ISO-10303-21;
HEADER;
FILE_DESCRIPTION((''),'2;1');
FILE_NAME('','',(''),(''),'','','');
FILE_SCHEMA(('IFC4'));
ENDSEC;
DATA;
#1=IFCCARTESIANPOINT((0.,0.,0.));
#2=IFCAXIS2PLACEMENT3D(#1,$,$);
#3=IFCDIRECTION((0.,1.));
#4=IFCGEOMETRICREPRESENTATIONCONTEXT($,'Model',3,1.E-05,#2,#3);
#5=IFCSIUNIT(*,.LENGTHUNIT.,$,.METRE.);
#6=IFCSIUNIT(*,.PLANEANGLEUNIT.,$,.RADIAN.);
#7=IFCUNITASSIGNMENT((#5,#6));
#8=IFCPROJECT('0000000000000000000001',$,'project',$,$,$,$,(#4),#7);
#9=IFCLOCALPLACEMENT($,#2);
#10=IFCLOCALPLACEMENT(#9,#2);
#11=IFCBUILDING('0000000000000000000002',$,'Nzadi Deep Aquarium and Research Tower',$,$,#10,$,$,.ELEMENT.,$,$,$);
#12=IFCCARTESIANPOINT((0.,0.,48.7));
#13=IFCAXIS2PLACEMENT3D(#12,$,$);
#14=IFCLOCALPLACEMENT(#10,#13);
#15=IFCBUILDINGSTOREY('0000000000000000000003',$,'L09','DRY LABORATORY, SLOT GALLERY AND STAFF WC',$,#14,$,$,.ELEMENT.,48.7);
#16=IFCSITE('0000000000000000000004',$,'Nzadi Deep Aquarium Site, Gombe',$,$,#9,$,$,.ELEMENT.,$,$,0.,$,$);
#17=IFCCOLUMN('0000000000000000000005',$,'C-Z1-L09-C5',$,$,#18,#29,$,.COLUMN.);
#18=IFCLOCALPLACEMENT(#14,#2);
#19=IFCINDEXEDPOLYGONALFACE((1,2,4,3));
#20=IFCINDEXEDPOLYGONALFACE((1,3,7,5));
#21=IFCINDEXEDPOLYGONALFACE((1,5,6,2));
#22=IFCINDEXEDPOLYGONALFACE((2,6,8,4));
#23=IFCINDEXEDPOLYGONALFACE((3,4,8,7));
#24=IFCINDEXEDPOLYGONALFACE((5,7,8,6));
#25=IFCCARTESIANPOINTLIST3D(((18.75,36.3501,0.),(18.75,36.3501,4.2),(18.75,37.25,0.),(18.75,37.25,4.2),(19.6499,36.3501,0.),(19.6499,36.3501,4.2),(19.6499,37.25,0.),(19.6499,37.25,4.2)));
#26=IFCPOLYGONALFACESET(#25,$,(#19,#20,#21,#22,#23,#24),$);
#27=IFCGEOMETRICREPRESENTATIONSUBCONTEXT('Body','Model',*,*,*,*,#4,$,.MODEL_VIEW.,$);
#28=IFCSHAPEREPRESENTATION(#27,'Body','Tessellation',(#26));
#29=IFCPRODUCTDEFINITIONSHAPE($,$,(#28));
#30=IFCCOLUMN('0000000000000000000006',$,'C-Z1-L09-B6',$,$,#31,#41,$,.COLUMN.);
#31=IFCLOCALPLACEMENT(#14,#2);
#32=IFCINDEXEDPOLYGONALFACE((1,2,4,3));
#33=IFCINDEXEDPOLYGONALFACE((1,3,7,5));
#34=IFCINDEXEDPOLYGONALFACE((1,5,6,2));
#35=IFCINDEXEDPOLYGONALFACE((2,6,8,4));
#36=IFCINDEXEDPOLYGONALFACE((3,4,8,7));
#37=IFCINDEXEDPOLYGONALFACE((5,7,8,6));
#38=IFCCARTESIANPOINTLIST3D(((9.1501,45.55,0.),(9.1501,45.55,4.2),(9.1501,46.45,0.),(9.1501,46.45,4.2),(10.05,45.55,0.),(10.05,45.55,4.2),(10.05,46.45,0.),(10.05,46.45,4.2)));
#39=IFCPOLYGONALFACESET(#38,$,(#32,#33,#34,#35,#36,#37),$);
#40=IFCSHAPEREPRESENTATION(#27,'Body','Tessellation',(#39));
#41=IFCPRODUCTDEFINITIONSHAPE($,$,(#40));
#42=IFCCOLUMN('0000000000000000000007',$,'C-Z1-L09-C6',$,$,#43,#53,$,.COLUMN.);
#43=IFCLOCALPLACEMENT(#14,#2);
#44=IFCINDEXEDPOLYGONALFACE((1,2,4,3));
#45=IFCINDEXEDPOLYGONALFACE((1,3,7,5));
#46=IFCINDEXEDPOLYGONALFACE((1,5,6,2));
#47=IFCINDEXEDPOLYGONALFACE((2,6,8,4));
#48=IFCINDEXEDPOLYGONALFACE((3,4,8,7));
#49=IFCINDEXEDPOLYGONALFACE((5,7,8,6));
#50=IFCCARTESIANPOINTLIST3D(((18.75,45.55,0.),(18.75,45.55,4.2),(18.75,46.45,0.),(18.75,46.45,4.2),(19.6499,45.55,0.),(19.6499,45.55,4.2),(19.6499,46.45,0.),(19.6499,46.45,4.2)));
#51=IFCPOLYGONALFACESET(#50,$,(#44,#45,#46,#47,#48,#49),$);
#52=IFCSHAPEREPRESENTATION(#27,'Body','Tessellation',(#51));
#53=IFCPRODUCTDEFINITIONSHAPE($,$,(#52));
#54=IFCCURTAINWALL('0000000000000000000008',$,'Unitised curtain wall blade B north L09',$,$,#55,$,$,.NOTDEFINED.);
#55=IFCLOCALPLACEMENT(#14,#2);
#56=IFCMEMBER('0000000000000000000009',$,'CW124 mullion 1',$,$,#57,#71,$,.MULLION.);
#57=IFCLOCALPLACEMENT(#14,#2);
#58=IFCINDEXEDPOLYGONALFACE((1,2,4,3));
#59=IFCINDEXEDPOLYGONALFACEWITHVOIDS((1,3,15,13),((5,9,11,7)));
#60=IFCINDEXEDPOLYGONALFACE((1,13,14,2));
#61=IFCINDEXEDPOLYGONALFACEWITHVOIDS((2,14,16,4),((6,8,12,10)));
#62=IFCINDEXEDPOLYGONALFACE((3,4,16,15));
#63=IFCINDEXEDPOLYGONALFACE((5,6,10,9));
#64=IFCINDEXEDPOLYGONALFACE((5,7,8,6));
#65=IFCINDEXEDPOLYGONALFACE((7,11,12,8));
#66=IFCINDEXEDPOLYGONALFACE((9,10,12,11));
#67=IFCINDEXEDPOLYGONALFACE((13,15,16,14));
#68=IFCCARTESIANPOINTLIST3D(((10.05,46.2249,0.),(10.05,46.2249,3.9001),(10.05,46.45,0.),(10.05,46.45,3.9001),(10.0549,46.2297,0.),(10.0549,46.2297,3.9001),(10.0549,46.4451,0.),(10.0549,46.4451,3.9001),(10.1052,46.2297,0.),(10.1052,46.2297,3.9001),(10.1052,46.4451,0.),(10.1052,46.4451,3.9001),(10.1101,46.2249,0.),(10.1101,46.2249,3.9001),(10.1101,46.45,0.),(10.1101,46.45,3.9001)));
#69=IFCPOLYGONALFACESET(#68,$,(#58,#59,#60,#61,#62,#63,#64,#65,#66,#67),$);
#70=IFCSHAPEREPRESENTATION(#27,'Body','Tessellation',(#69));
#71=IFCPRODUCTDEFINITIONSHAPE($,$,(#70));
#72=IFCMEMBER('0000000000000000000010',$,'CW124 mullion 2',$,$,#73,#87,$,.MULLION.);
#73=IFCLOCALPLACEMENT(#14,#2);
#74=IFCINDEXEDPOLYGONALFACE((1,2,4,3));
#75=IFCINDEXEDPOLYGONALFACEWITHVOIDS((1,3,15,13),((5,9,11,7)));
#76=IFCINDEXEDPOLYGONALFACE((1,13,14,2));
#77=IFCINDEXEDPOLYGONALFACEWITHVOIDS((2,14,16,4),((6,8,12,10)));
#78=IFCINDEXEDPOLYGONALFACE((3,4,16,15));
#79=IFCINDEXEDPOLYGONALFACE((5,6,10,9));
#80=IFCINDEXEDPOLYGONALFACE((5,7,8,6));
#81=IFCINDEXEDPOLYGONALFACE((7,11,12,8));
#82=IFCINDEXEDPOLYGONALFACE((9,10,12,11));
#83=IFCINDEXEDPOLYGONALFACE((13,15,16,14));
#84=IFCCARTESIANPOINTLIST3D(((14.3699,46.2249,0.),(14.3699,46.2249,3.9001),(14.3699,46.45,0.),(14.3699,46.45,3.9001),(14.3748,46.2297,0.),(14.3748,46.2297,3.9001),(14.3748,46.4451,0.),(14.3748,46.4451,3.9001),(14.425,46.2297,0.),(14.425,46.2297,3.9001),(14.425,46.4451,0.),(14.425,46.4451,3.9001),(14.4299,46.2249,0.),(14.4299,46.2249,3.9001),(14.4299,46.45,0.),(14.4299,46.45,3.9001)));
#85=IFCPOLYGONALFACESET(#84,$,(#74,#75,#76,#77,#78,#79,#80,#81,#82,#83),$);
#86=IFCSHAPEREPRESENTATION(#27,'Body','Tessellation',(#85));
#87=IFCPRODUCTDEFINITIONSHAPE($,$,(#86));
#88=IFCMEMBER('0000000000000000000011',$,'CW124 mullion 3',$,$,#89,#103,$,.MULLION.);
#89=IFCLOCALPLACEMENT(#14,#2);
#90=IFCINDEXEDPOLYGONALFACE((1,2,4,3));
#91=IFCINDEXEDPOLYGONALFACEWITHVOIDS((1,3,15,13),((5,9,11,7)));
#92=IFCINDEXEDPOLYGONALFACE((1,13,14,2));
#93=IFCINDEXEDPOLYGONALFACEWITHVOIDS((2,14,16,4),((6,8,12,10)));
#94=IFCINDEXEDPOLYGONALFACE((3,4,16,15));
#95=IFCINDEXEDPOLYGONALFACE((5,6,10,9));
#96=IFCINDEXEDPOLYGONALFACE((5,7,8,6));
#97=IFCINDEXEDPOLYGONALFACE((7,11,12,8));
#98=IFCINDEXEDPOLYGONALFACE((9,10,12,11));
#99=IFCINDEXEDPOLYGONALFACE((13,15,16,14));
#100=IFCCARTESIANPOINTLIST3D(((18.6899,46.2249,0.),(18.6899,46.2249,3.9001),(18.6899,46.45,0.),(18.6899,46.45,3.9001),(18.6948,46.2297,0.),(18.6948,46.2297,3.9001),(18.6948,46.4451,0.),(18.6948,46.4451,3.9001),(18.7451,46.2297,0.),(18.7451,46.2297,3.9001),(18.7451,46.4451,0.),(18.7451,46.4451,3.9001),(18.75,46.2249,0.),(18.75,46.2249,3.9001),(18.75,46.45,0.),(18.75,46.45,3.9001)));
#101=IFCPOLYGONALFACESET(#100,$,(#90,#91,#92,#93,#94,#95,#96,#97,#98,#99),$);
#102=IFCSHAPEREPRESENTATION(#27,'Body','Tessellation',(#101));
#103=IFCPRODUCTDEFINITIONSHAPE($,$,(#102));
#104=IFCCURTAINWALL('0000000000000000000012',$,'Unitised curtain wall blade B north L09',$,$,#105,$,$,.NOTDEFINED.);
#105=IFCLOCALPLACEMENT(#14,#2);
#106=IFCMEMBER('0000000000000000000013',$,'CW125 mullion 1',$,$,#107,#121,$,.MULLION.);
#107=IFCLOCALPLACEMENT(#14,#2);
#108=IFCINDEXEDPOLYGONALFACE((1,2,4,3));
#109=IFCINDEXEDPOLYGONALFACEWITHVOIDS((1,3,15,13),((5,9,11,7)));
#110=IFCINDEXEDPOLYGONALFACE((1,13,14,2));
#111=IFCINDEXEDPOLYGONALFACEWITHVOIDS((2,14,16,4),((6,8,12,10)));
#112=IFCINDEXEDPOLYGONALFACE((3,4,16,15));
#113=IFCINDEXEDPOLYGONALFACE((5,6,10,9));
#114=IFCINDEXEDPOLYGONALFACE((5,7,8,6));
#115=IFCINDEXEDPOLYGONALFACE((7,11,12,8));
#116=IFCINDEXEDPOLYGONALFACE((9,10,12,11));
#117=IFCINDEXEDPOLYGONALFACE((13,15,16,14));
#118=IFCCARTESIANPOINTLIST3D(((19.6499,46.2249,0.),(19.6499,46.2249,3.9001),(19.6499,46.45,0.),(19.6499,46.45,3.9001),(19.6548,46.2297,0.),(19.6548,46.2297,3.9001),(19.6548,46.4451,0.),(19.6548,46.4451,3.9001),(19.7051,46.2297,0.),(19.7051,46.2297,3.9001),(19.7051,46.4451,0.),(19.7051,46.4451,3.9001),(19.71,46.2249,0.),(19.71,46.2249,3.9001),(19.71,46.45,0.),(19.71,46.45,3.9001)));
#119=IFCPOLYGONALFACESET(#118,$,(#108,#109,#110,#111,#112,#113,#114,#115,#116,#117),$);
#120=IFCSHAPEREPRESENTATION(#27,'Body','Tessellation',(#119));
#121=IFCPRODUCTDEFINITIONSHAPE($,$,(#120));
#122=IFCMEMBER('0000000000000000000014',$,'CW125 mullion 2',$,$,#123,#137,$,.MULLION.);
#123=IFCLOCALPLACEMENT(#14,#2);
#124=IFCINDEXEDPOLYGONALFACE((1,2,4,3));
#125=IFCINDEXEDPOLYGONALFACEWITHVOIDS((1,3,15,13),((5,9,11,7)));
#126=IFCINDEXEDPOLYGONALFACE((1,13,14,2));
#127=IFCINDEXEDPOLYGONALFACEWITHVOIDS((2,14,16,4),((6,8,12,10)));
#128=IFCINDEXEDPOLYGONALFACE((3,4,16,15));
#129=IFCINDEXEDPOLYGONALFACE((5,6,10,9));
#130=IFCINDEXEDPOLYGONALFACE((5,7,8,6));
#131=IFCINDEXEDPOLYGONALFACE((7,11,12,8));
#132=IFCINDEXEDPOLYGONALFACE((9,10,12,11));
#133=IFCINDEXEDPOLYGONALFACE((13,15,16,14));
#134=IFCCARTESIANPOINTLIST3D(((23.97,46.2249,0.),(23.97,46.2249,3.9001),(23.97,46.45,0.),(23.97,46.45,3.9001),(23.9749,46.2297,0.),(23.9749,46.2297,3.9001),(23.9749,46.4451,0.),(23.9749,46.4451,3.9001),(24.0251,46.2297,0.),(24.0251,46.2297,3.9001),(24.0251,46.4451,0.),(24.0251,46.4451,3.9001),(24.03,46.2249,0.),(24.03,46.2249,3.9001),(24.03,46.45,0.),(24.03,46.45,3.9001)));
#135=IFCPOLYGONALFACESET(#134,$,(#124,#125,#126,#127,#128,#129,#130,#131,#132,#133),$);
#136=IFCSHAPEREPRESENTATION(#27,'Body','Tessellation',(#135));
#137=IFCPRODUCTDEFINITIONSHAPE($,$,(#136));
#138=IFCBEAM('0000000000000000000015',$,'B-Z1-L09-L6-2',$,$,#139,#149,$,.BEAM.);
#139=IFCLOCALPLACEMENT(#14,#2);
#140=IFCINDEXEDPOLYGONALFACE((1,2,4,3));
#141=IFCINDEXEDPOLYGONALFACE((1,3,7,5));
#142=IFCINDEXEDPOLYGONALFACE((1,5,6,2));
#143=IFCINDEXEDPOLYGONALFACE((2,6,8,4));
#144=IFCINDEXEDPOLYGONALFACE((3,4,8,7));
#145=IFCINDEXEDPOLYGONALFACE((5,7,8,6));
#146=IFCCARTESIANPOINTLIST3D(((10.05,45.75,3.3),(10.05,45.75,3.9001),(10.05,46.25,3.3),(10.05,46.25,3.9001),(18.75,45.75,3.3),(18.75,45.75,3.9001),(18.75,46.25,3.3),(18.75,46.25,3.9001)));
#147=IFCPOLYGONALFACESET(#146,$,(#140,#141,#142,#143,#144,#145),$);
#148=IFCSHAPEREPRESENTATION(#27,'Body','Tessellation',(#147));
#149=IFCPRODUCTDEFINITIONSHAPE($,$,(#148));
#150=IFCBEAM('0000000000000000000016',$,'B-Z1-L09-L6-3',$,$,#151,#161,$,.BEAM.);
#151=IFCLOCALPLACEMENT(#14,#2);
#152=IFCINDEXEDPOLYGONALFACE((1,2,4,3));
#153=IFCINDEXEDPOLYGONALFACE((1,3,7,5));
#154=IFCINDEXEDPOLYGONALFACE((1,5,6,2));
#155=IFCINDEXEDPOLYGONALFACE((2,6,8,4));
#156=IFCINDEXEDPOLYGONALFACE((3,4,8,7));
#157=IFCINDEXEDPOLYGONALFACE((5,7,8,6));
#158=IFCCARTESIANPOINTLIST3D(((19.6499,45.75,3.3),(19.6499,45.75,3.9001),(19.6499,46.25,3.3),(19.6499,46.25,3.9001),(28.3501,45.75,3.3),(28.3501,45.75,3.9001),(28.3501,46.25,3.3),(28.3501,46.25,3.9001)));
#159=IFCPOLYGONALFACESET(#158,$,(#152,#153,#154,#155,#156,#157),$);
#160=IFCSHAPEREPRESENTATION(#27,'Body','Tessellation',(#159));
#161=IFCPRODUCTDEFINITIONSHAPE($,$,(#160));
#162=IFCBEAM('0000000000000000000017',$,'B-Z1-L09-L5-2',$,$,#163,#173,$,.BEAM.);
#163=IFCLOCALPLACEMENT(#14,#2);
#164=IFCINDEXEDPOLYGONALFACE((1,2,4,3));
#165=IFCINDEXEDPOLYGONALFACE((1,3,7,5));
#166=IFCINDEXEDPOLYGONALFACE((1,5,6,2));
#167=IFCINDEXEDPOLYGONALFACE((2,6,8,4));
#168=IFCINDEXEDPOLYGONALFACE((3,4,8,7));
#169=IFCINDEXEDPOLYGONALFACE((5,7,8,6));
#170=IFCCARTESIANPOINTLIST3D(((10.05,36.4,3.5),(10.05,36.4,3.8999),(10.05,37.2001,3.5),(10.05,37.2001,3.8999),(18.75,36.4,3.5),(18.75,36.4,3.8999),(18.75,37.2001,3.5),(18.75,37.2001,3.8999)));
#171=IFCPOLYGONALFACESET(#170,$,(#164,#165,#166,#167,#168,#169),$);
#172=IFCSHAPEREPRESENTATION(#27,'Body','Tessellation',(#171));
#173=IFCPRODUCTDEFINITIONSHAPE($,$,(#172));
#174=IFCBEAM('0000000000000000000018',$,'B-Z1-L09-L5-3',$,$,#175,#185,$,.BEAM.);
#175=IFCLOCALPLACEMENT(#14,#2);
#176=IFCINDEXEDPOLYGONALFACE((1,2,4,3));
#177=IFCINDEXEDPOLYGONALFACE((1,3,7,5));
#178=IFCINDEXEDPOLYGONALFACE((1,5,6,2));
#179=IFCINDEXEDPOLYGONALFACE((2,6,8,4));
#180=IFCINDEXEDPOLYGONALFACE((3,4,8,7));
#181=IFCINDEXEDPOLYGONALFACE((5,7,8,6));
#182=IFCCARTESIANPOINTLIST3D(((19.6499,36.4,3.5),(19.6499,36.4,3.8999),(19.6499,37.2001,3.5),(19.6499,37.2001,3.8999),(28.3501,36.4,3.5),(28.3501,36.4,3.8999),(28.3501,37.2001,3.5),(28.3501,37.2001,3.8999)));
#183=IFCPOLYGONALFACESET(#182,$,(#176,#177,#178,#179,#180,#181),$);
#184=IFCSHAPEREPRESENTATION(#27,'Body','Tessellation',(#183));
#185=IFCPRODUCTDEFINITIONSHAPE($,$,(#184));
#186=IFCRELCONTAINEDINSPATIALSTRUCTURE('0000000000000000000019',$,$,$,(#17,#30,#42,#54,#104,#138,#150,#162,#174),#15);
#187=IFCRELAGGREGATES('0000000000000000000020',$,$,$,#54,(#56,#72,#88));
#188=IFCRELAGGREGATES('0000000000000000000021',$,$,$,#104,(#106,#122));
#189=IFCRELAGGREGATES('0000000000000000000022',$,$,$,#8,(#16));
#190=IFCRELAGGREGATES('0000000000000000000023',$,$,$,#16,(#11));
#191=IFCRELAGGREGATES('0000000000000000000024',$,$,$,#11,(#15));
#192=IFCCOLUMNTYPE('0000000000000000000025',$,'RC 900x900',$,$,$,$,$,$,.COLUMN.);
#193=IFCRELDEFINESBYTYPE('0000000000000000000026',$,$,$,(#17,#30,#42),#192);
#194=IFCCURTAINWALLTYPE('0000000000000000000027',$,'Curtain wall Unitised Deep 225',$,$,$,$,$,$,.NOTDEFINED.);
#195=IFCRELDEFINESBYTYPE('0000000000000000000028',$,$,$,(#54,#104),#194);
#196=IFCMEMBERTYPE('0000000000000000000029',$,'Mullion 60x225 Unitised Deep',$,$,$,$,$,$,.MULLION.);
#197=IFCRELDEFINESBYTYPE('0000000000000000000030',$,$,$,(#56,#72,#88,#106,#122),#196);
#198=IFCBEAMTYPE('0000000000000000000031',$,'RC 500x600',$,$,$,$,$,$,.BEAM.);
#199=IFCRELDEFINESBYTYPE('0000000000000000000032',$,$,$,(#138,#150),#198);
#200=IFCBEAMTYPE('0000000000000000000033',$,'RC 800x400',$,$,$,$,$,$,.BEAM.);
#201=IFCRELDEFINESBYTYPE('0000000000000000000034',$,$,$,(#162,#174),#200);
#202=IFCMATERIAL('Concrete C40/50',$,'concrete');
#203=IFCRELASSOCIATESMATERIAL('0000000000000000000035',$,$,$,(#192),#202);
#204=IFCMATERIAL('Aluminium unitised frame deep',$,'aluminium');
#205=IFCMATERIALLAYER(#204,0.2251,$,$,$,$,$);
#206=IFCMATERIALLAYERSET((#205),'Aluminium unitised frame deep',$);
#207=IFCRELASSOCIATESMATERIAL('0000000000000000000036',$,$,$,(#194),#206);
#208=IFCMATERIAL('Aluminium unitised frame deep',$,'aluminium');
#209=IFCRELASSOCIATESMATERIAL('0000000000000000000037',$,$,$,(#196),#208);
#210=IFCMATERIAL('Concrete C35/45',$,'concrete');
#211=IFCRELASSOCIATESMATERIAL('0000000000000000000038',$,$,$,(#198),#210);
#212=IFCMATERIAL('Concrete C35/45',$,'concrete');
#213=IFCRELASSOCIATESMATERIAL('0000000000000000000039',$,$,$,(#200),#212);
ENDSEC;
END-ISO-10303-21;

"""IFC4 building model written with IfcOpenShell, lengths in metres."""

from ifc_helpers import new_model, si_unit, direction, frame, origin, origin_2d, place, context, subcontext, project, spatial, rectangle, hollow_rectangle, extrude, material, layer, layer_set, material_profile, profile_set, type_object, element, aggregate, save


model = new_model("IFC4")

# Units and contexts
model_context = context("Model", 3, precision=1e-05, world=origin(), true_north=direction((0.0, 1.0)))
body_context = subcontext(model_context, "Body", "Model", "MODEL_VIEW")
ifc_project = project(units=[si_unit("LENGTHUNIT", "METRE"), si_unit("PLANEANGLEUNIT", "RADIAN")], contexts=[model_context])

# Site, building, storey
site_placement = place(None, origin())
site = spatial("IfcSite", under=ifc_project, at=site_placement, Name="Nzadi Deep Aquarium Site, Gombe", CompositionType="ELEMENT", RefElevation=0.0)
building_placement = place(site_placement, origin())
building = spatial("IfcBuilding", under=site, at=building_placement, Name="Nzadi Deep Aquarium and Research Tower", CompositionType="ELEMENT")
storey_placement = place(building_placement, frame((0.0, 0.0, 48.7)))
storey = spatial("IfcBuildingStorey", under=building, at=storey_placement, Name="L09", Description="DRY LABORATORY, SLOT GALLERY AND STAFF WC", CompositionType="ELEMENT", Elevation=48.7)

# Columns
ifc_material_1 = material(Name="Concrete C40/50", Category="concrete")
ifc_material_profile_1 = material_profile(ifc_material_1, rectangle(XDim=0.8999, YDim=0.8999, at=origin_2d()))
ifc_profile_set_1 = profile_set([ifc_material_profile_1], Name="Concrete C40/50")
column_type = type_object("IfcColumnType", Name="RC 900x900", PredefinedType="COLUMN", material=ifc_profile_set_1)
for number, where, z_axis, x_axis, name in (
    (1, (19.2, 36.8, 0.0), (0.0, 0.0, 1.0), (1.0, 0.0, 0.0), "C-Z1-L09-C5"),
    (2, (9.6001, 46.0, 0.0), (0.0, 0.0, 1.0), (1.0, 0.0, 0.0), "C-Z1-L09-B6"),
    (3, (19.2, 46.0, 0.0), (0.0, 0.0, 1.0), (1.0, 0.0, 0.0), "C-Z1-L09-C6"),
):
    element("IfcColumn", number, at=place(storey_placement, frame(where, z_axis=z_axis, x_axis=x_axis)), inside=storey, type_object=column_type, Name=name, PredefinedType="COLUMN", context=body_context, shape_type="SweptSolid", body=[
        extrude(rectangle(XDim=0.8999, YDim=0.8999, at=origin_2d()), origin(), (0.0, 0.0, 1.0), 4.2),
    ])

# Curtain walls, members
ifc_material_2 = material(Name="Aluminium unitised frame deep", Category="aluminium")
ifc_layer_1 = layer(ifc_material_2, 0.2251)
ifc_layer_set_1 = layer_set([ifc_layer_1], Name="Aluminium unitised frame deep")
curtain_wall_type = type_object("IfcCurtainWallType", Name="Curtain wall Unitised Deep 225", PredefinedType="NOTDEFINED", material=ifc_layer_set_1)
curtain_wall_1_placement = place(storey_placement, origin())
curtain_wall_1 = element("IfcCurtainWall", 4, at=curtain_wall_1_placement, inside=storey, type_object=curtain_wall_type, Name="Unitised curtain wall blade B north L09", PredefinedType="NOTDEFINED")
ifc_material_3 = material(Name="Aluminium unitised frame deep", Category="aluminium")
ifc_material_profile_2 = material_profile(ifc_material_3, hollow_rectangle(XDim=0.2251, YDim=0.0601, WallThickness=0.0049, at=origin_2d()))
ifc_profile_set_2 = profile_set([ifc_material_profile_2], Name="Aluminium unitised frame deep")
member_type_1 = type_object("IfcMemberType", Name="Mullion 60x225 Unitised Deep", PredefinedType="MULLION", material=ifc_profile_set_2)
member_1_placement = place(storey_placement, frame((10.0801, 46.3374, 0.0), z_axis=(0.0, 0.0, 1.0), x_axis=(0.0, 1.0, 0.0)))
member_1 = element("IfcMember", 5, at=member_1_placement, type_object=member_type_1, Name="CW124 mullion 1", PredefinedType="MULLION", context=body_context, shape_type="SweptSolid", body=[
    extrude(hollow_rectangle(XDim=0.2251, YDim=0.0601, WallThickness=0.0049, at=origin_2d()), origin(), (0.0, 0.0, 1.0), 3.9001),
])
member_2_placement = place(storey_placement, frame((14.3999, 46.3374, 0.0), z_axis=(0.0, 0.0, 1.0), x_axis=(0.0, 1.0, 0.0)))
member_2 = element("IfcMember", 6, at=member_2_placement, type_object=member_type_1, Name="CW124 mullion 2", PredefinedType="MULLION", context=body_context, shape_type="SweptSolid", body=[
    extrude(hollow_rectangle(XDim=0.2251, YDim=0.0601, WallThickness=0.0049, at=origin_2d()), origin(), (0.0, 0.0, 1.0), 3.9001),
])
member_3_placement = place(storey_placement, frame((18.72, 46.3374, 0.0), z_axis=(0.0, 0.0, 1.0), x_axis=(0.0, 1.0, 0.0)))
member_3 = element("IfcMember", 7, at=member_3_placement, type_object=member_type_1, Name="CW124 mullion 3", PredefinedType="MULLION", context=body_context, shape_type="SweptSolid", body=[
    extrude(hollow_rectangle(XDim=0.2251, YDim=0.0601, WallThickness=0.0049, at=origin_2d()), origin(), (0.0, 0.0, 1.0), 3.9001),
])
curtain_wall_2_placement = place(storey_placement, origin())
curtain_wall_2 = element("IfcCurtainWall", 8, at=curtain_wall_2_placement, inside=storey, type_object=curtain_wall_type, Name="Unitised curtain wall blade B north L09", PredefinedType="NOTDEFINED")
member_4_placement = place(storey_placement, frame((19.6799, 46.3374, 0.0), z_axis=(0.0, 0.0, 1.0), x_axis=(0.0, 1.0, 0.0)))
member_4 = element("IfcMember", 9, at=member_4_placement, type_object=member_type_1, Name="CW125 mullion 1", PredefinedType="MULLION", context=body_context, shape_type="SweptSolid", body=[
    extrude(hollow_rectangle(XDim=0.2251, YDim=0.0601, WallThickness=0.0049, at=origin_2d()), origin(), (0.0, 0.0, 1.0), 3.9001),
])
member_5_placement = place(storey_placement, frame((24.0, 46.3374, 0.0), z_axis=(0.0, 0.0, 1.0), x_axis=(0.0, 1.0, 0.0)))
member_5 = element("IfcMember", 10, at=member_5_placement, type_object=member_type_1, Name="CW125 mullion 2", PredefinedType="MULLION", context=body_context, shape_type="SweptSolid", body=[
    extrude(hollow_rectangle(XDim=0.2251, YDim=0.0601, WallThickness=0.0049, at=origin_2d()), origin(), (0.0, 0.0, 1.0), 3.9001),
])

# Beams
ifc_material_4 = material(Name="Concrete C35/45", Category="concrete")
ifc_material_profile_3 = material_profile(ifc_material_4, rectangle(XDim=0.5, YDim=0.6001, at=origin_2d()))
ifc_profile_set_3 = profile_set([ifc_material_profile_3], Name="Concrete C35/45")
beam_type_1 = type_object("IfcBeamType", Name="RC 500x600", PredefinedType="BEAM", material=ifc_profile_set_3)
beam_1_placement = place(storey_placement, frame((10.05, 46.0, 3.6001), z_axis=(1.0, 0.0, 0.0), x_axis=(0.0, 1.0, 0.0)))
element("IfcBeam", 11, at=beam_1_placement, inside=storey, type_object=beam_type_1, Name="B-Z1-L09-L6-2", PredefinedType="BEAM", context=body_context, shape_type="SweptSolid", body=[
    extrude(rectangle(XDim=0.5, YDim=0.6001, at=origin_2d()), origin(), (0.0, 0.0, 1.0), 8.7),
])
beam_2_placement = place(storey_placement, frame((19.6499, 46.0, 3.6001), z_axis=(1.0, 0.0, 0.0), x_axis=(0.0, 1.0, 0.0)))
element("IfcBeam", 12, at=beam_2_placement, inside=storey, type_object=beam_type_1, Name="B-Z1-L09-L6-3", PredefinedType="BEAM", context=body_context, shape_type="SweptSolid", body=[
    extrude(rectangle(XDim=0.5, YDim=0.6001, at=origin_2d()), origin(), (0.0, 0.0, 1.0), 8.7002),
])
ifc_material_5 = material(Name="Concrete C35/45", Category="concrete")
ifc_material_profile_4 = material_profile(ifc_material_5, rectangle(XDim=0.8, YDim=0.3999, at=origin_2d()))
ifc_profile_set_4 = profile_set([ifc_material_profile_4], Name="Concrete C35/45")
beam_type_2 = type_object("IfcBeamType", Name="RC 800x400", PredefinedType="BEAM", material=ifc_profile_set_4)
beam_3_placement = place(storey_placement, frame((10.05, 36.8, 3.7), z_axis=(1.0, 0.0, 0.0), x_axis=(0.0, 1.0, 0.0)))
element("IfcBeam", 13, at=beam_3_placement, inside=storey, type_object=beam_type_2, Name="B-Z1-L09-L5-2", PredefinedType="BEAM", context=body_context, shape_type="SweptSolid", body=[
    extrude(rectangle(XDim=0.8, YDim=0.3999, at=origin_2d()), origin(), (0.0, 0.0, 1.0), 8.7),
])
beam_4_placement = place(storey_placement, frame((19.6499, 36.8, 3.7), z_axis=(1.0, 0.0, 0.0), x_axis=(0.0, 1.0, 0.0)))
element("IfcBeam", 14, at=beam_4_placement, inside=storey, type_object=beam_type_2, Name="B-Z1-L09-L5-3", PredefinedType="BEAM", context=body_context, shape_type="SweptSolid", body=[
    extrude(rectangle(XDim=0.8, YDim=0.3999, at=origin_2d()), origin(), (0.0, 0.0, 1.0), 8.7002),
])

aggregate(curtain_wall_1, [member_1, member_2, member_3])
aggregate(curtain_wall_2, [member_4, member_5])

save(model, "model.ifc")
